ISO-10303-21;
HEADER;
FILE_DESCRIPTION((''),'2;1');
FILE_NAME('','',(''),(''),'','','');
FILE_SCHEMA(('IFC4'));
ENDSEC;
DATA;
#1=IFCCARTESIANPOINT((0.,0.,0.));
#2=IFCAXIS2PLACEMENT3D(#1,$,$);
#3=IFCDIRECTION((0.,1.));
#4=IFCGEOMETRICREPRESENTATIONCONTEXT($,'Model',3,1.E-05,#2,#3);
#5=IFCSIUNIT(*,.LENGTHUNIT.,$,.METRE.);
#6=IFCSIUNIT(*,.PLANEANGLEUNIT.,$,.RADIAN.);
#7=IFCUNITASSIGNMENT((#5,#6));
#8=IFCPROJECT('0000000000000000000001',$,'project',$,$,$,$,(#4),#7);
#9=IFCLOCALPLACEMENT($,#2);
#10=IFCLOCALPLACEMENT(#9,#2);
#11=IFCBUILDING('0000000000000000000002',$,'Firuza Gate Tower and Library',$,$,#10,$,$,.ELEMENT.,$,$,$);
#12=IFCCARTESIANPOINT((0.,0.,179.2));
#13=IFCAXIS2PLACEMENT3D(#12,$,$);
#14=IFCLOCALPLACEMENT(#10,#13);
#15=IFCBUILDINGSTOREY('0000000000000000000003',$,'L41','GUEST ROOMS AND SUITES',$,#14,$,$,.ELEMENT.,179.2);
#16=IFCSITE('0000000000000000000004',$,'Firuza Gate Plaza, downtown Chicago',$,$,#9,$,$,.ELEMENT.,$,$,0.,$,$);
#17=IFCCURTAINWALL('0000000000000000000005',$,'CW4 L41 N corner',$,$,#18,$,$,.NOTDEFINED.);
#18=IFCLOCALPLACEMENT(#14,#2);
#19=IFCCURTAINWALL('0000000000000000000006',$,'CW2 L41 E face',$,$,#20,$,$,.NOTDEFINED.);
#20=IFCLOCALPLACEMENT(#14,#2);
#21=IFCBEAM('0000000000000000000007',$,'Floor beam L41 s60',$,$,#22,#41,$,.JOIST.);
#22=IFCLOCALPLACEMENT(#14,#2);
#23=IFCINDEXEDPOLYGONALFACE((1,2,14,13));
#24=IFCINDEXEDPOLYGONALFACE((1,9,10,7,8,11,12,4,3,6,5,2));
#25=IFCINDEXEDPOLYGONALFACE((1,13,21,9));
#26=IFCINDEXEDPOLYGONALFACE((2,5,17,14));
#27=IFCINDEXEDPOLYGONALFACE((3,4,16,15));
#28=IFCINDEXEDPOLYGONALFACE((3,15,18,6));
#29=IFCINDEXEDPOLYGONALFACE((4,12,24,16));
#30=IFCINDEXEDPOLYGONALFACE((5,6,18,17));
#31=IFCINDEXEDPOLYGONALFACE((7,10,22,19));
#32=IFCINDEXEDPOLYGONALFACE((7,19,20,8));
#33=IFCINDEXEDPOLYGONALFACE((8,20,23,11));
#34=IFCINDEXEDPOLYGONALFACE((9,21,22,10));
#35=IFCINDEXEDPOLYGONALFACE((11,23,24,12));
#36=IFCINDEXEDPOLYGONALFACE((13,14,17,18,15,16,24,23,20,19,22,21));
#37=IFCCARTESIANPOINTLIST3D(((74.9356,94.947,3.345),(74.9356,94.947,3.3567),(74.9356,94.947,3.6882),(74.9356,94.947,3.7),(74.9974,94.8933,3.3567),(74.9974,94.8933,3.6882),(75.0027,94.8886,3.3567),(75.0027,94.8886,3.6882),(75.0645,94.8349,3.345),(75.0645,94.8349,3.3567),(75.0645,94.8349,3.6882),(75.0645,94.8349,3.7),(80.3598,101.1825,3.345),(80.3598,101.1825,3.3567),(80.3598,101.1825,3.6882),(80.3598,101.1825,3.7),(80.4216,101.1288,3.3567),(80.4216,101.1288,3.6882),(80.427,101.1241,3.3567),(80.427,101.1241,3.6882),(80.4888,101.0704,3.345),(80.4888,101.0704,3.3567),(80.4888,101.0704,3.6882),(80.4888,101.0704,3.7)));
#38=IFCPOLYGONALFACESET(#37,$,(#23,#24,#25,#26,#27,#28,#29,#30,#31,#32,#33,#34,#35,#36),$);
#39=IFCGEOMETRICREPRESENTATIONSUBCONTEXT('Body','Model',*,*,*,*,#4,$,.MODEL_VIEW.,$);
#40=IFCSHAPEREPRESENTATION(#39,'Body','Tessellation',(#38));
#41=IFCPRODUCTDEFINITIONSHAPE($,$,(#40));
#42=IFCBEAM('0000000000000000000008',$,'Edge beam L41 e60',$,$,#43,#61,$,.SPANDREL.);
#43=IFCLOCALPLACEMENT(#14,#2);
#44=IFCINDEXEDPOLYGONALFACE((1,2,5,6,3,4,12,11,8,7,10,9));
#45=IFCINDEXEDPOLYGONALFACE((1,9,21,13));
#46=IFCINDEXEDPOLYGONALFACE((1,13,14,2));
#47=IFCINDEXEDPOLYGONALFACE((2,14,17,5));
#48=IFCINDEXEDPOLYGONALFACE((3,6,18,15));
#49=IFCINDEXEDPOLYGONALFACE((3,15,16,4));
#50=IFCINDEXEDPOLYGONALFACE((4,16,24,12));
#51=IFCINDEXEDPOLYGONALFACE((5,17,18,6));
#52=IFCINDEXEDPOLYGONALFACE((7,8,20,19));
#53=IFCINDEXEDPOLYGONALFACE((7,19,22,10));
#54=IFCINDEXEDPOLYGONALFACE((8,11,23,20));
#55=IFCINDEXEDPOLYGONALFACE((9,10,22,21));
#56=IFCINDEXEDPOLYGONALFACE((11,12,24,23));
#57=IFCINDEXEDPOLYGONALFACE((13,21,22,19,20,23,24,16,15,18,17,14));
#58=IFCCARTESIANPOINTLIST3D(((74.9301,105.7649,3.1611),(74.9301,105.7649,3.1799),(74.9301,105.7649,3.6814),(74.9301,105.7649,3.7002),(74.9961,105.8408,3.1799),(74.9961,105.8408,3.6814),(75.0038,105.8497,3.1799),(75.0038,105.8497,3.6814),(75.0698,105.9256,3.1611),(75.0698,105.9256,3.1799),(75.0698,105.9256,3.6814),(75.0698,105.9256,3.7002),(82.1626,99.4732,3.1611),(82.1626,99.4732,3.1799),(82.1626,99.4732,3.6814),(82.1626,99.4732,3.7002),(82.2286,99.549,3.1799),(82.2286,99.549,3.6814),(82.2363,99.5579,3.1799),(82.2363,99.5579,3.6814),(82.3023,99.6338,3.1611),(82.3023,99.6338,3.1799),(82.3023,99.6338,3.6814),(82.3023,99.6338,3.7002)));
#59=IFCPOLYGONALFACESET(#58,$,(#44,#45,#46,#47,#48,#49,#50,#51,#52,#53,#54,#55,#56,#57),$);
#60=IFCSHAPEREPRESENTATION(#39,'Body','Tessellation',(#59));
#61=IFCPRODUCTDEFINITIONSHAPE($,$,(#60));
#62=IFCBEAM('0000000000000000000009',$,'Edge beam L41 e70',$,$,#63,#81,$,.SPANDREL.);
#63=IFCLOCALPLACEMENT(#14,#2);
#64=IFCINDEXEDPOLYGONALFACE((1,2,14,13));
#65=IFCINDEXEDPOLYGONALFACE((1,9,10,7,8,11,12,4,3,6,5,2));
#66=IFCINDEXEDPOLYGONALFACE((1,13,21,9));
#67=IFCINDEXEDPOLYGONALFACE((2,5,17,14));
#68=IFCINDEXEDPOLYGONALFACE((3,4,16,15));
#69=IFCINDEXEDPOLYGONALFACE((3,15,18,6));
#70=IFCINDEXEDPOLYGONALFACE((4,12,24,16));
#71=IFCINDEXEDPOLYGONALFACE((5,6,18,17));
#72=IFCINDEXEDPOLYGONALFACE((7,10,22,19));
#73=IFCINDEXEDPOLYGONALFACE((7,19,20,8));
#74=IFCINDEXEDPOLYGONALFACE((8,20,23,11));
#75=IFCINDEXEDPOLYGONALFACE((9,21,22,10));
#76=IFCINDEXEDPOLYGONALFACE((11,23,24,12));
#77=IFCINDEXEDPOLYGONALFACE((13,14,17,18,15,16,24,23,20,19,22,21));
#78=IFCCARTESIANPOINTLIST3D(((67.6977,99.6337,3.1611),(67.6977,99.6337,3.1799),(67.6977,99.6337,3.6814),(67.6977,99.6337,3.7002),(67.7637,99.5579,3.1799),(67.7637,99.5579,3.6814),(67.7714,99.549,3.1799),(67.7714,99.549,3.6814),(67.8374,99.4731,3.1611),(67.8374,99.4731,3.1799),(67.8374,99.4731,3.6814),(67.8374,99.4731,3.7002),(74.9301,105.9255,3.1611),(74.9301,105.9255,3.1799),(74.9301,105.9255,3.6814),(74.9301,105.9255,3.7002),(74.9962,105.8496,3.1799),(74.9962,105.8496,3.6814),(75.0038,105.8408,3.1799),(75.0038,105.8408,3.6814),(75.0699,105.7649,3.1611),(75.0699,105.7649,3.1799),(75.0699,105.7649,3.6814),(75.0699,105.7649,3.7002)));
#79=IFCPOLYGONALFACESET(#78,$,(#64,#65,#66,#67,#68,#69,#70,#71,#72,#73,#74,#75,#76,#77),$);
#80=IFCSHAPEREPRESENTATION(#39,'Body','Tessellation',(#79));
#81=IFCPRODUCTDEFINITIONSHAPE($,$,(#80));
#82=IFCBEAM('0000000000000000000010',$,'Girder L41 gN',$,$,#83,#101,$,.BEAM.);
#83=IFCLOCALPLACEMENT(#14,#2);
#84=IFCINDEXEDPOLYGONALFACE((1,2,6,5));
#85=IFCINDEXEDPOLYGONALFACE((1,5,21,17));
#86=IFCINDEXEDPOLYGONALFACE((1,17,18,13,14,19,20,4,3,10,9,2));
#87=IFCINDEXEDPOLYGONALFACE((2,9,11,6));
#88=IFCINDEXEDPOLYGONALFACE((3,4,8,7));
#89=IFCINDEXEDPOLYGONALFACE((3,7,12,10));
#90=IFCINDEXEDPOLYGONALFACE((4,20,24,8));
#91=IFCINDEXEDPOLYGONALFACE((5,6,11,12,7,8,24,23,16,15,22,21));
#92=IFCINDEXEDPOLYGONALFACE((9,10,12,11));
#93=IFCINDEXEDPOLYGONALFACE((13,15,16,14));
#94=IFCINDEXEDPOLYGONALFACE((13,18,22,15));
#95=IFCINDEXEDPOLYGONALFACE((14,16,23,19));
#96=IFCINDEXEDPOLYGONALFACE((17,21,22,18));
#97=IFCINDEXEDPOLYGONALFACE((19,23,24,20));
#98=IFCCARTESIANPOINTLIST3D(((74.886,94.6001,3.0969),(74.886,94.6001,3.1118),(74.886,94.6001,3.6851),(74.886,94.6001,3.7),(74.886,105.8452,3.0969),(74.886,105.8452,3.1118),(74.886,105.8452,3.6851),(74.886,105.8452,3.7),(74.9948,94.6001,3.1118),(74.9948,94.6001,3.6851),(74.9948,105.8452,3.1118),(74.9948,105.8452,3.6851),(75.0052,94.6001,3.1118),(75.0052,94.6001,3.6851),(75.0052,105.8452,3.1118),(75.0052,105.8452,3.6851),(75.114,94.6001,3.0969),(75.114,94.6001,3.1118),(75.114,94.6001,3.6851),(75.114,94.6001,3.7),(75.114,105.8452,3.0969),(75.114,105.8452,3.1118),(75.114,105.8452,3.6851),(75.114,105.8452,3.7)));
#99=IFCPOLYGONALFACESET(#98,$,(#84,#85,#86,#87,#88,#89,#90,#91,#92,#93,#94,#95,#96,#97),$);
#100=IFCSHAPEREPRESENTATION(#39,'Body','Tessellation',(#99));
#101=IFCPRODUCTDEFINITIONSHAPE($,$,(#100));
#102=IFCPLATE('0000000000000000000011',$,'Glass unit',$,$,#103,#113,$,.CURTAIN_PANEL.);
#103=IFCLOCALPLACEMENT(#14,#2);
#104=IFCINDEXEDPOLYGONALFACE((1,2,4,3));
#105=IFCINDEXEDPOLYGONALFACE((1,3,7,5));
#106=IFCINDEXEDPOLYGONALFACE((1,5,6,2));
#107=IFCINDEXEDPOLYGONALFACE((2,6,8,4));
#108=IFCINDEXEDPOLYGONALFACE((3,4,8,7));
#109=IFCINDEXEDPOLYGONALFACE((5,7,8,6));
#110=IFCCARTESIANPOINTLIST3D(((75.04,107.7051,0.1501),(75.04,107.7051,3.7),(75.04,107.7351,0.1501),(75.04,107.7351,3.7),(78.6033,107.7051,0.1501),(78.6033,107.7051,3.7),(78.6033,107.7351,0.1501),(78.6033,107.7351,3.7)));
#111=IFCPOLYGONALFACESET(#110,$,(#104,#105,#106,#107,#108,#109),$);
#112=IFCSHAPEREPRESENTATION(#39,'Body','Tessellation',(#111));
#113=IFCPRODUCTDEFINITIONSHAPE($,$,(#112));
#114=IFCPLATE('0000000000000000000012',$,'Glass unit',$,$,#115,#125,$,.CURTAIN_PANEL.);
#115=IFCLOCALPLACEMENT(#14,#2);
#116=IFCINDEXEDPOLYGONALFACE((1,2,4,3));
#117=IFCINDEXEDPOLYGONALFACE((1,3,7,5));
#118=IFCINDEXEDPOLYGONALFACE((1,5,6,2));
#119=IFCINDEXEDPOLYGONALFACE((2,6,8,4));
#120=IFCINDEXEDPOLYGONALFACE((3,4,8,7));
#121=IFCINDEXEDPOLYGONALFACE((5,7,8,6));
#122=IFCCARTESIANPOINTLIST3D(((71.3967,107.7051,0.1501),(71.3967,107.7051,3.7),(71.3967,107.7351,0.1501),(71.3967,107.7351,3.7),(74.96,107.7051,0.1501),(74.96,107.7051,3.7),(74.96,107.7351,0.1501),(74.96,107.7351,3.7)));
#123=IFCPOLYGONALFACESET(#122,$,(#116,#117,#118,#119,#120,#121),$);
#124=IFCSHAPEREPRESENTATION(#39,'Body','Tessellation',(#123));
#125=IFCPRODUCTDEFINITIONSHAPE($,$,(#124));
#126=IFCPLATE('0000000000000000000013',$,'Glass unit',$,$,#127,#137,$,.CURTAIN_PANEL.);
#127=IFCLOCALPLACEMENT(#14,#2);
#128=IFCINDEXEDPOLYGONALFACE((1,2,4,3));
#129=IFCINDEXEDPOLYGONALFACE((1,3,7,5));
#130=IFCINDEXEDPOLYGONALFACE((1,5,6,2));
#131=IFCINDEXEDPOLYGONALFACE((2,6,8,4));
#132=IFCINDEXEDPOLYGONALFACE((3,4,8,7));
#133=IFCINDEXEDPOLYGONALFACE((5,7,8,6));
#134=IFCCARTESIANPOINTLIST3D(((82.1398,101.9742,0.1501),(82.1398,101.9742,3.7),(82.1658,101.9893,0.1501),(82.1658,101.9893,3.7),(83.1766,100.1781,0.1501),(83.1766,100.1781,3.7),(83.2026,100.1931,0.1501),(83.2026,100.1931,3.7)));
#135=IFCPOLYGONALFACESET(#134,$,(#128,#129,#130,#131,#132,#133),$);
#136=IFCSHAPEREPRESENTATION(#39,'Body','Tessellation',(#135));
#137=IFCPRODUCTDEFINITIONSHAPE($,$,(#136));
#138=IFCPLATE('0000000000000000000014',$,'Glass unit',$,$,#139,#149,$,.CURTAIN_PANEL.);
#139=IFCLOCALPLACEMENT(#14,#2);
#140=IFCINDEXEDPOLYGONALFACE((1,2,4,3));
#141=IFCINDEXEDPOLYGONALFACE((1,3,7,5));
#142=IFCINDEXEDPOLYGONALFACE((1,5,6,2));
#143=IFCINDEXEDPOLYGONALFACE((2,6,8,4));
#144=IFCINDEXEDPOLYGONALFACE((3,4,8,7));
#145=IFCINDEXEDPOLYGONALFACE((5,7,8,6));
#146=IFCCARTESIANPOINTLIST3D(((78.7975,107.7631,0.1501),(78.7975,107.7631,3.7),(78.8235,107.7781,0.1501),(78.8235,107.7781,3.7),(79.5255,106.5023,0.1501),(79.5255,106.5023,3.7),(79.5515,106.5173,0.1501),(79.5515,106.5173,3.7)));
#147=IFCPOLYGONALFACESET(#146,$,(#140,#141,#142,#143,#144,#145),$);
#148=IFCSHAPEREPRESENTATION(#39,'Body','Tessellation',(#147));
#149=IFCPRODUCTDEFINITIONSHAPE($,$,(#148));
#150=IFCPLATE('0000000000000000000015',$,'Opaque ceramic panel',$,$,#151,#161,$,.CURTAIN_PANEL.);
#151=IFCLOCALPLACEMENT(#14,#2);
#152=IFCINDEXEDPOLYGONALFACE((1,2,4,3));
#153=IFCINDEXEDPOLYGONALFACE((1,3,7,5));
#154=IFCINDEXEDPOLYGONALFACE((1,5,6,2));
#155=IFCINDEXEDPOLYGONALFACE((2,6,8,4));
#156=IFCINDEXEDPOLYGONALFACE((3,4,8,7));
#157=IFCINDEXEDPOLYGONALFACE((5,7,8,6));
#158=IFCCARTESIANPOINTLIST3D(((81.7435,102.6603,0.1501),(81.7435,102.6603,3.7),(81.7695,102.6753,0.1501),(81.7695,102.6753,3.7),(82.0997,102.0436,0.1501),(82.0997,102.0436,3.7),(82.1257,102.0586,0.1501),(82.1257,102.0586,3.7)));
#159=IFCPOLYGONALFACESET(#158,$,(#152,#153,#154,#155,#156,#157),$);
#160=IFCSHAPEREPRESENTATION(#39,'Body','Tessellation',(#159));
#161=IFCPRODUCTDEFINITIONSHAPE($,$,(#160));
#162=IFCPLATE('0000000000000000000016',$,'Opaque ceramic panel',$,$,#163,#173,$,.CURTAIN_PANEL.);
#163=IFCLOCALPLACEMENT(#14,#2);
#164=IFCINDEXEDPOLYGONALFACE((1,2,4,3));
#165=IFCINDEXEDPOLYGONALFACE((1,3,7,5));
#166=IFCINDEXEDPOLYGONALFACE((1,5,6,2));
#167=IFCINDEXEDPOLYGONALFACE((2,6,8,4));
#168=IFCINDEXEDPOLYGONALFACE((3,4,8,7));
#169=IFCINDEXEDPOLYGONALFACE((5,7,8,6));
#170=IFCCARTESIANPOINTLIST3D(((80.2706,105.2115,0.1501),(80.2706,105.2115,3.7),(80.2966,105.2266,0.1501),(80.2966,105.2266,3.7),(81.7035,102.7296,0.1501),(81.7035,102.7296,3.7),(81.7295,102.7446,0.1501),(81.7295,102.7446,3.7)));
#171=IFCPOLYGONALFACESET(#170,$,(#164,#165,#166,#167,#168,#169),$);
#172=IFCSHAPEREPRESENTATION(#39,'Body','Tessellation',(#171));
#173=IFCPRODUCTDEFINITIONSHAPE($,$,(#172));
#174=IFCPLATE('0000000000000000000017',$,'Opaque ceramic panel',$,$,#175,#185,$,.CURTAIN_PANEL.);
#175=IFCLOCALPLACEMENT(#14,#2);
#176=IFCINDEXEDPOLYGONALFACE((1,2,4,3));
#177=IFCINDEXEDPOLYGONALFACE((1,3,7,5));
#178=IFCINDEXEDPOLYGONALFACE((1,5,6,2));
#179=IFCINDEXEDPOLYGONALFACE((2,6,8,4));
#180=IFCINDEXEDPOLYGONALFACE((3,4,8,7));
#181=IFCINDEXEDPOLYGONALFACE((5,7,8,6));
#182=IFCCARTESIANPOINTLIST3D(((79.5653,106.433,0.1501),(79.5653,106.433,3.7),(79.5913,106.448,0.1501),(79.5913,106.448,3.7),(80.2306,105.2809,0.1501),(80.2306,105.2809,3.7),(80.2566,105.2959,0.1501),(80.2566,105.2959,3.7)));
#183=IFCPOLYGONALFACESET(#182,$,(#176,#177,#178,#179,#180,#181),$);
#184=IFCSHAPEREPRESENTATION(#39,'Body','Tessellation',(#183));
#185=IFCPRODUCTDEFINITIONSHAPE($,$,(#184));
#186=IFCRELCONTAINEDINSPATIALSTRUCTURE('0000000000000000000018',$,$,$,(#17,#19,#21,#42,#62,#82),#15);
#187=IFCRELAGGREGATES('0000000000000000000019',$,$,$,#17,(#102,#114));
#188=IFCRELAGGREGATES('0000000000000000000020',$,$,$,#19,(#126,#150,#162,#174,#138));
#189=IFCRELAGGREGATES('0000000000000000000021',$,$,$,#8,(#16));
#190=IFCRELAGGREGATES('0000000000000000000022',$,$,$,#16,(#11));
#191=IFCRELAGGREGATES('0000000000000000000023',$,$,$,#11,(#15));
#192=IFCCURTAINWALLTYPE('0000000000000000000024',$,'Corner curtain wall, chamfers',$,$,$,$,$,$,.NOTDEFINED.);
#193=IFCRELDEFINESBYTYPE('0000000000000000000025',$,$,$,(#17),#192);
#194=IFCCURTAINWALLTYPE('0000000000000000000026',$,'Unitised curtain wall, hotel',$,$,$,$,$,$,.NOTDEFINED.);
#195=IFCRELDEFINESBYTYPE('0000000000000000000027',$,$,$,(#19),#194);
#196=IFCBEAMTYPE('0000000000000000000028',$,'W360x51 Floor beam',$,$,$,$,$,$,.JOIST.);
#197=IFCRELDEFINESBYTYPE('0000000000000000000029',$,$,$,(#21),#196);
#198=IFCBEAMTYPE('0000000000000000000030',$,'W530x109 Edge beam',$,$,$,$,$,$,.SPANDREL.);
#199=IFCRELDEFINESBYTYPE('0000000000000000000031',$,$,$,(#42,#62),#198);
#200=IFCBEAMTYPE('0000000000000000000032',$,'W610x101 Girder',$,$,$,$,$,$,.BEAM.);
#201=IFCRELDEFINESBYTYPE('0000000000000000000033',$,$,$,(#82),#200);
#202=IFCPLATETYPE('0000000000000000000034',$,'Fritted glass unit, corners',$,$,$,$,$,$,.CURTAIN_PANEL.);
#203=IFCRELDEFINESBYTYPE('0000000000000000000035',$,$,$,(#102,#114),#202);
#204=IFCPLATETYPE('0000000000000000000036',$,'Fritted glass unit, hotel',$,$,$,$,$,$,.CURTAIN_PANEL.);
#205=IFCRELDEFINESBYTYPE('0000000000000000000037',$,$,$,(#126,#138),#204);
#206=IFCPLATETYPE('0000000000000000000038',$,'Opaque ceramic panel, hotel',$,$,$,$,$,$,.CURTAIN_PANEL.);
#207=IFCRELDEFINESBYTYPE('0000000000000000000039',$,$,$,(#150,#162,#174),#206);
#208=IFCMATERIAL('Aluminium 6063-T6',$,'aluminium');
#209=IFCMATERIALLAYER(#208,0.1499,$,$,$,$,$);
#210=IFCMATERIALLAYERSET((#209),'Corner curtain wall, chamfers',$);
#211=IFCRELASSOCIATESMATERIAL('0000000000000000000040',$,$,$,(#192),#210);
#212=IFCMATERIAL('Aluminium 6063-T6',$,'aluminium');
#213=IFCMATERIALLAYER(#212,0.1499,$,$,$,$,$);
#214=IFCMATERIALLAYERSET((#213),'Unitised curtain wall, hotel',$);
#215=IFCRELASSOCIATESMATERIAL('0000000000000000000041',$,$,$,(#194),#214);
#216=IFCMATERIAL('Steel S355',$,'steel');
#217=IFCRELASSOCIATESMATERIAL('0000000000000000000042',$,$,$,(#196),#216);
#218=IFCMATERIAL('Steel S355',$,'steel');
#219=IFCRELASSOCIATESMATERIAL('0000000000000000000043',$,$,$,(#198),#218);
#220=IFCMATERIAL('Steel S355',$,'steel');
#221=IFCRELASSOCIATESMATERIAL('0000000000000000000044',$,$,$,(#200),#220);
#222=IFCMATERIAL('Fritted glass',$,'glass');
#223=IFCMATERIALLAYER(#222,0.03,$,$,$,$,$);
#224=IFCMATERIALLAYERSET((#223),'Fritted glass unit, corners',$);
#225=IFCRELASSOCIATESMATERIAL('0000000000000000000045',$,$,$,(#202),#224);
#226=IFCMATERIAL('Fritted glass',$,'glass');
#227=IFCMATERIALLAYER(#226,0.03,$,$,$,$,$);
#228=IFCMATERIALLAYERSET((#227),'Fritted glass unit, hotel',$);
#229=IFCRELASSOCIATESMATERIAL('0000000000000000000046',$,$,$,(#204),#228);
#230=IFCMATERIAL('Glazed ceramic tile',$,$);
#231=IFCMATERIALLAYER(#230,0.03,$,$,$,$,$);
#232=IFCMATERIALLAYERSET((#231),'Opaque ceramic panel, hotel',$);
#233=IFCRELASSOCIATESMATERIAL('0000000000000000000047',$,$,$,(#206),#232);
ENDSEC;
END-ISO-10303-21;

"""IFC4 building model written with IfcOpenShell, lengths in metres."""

from ifc_helpers import new_model, si_unit, direction, frame, origin, origin_2d, place, context, subcontext, project, spatial, polyline, i_section, outline, extrude, material, layer, layer_set, material_profile, profile_set, type_object, element, aggregate, save


model = new_model("IFC4")

# Units and contexts
model_context = context("Model", 3, precision=1e-05, world=origin(), true_north=direction((0.0, 1.0)))
body_context = subcontext(model_context, "Body", "Model", "MODEL_VIEW")
ifc_project = project(units=[si_unit("LENGTHUNIT", "METRE"), si_unit("PLANEANGLEUNIT", "RADIAN")], contexts=[model_context])

# Site, building, storey
site_placement = place(None, origin())
site = spatial("IfcSite", under=ifc_project, at=site_placement, Name="Firuza Gate Plaza, downtown Chicago", CompositionType="ELEMENT", RefElevation=0.0)
building_placement = place(site_placement, origin())
building = spatial("IfcBuilding", under=site, at=building_placement, Name="Firuza Gate Tower and Library", CompositionType="ELEMENT")
storey_placement = place(building_placement, frame((0.0, 0.0, 179.2)))
storey = spatial("IfcBuildingStorey", under=building, at=storey_placement, Name="L41", Description="GUEST ROOMS AND SUITES", CompositionType="ELEMENT", Elevation=179.2)

# Curtain walls
ifc_material_1 = material(Name="Aluminium 6063-T6", Category="aluminium")
ifc_layer_1 = layer(ifc_material_1, 0.1499)
ifc_layer_set_1 = layer_set([ifc_layer_1], Name="Corner curtain wall, chamfers")
curtain_wall_type_1 = type_object("IfcCurtainWallType", Name="Corner curtain wall, chamfers", PredefinedType="NOTDEFINED", material=ifc_layer_set_1)
placement = place(storey_placement, origin())
curtain_wall_1 = element("IfcCurtainWall", 1, at=placement, inside=storey, type_object=curtain_wall_type_1, Name="CW4 L41 N corner", PredefinedType="NOTDEFINED")
ifc_material_2 = material(Name="Aluminium 6063-T6", Category="aluminium")
ifc_layer_2 = layer(ifc_material_2, 0.1499)
ifc_layer_set_2 = layer_set([ifc_layer_2], Name="Unitised curtain wall, hotel")
curtain_wall_type_2 = type_object("IfcCurtainWallType", Name="Unitised curtain wall, hotel", PredefinedType="NOTDEFINED", material=ifc_layer_set_2)
curtain_wall_2 = element("IfcCurtainWall", 2, at=placement, inside=storey, type_object=curtain_wall_type_2, Name="CW2 L41 E face", PredefinedType="NOTDEFINED")

# Beams
ifc_material_3 = material(Name="Steel S355", Category="steel")
ifc_material_profile_1 = material_profile(ifc_material_3, i_section(OverallWidth=0.1709, OverallDepth=0.355, WebThickness=0.0071, FlangeThickness=0.0117, at=origin_2d()))
ifc_profile_set_1 = profile_set([ifc_material_profile_1], Name="Steel S355")
beam_type_1 = type_object("IfcBeamType", Name="W360x51 Floor beam", PredefinedType="JOIST", material=ifc_profile_set_1)
beam_1_placement = place(storey_placement, frame((80.4243, 101.1265, 3.5225), z_axis=(-0.656321, -0.754482, 0.0), x_axis=(0.754482, -0.656321, 0.0)))
element("IfcBeam", 3, at=beam_1_placement, inside=storey, type_object=beam_type_1, Name="Floor beam L41 s60", PredefinedType="JOIST", context=body_context, shape_type="SweptSolid", body=[
    extrude(i_section(OverallWidth=0.1709, OverallDepth=0.355, WebThickness=0.0071, FlangeThickness=0.0117, at=origin_2d()), origin(), (0.0, 0.0, 1.0), 8.2646),
])
ifc_material_4 = material(Name="Steel S355", Category="steel")
ifc_material_profile_2 = material_profile(ifc_material_4, i_section(OverallWidth=0.2129, OverallDepth=0.5391, WebThickness=0.0117, FlangeThickness=0.0188, at=origin_2d()))
ifc_profile_set_2 = profile_set([ifc_material_profile_2], Name="Steel S355")
beam_type_2 = type_object("IfcBeamType", Name="W530x109 Edge beam", PredefinedType="SPANDREL", material=ifc_profile_set_2)
for number, where, z_axis, x_axis, name in (
    (4, (82.2324, 99.5535, 3.4307), (-0.754467, 0.656338, 0.0), (-0.656338, -0.754467, 0.0), "Edge beam L41 e60"),
    (5, (75.0, 105.8452, 3.4307), (-0.754467, -0.656338, 0.0), (0.656338, -0.754467, 0.0), "Edge beam L41 e70"),
):
    element("IfcBeam", number, at=place(storey_placement, frame(where, z_axis=z_axis, x_axis=x_axis)), inside=storey, type_object=beam_type_2, Name=name, PredefinedType="SPANDREL", context=body_context, shape_type="SweptSolid", body=[
        extrude(i_section(OverallWidth=0.2129, OverallDepth=0.5391, WebThickness=0.0117, FlangeThickness=0.0188, at=origin_2d()), origin(), (0.0, 0.0, 1.0), 9.5862),
    ])
ifc_material_5 = material(Name="Steel S355", Category="steel")
ifc_material_profile_3 = material_profile(ifc_material_5, i_section(OverallWidth=0.228, OverallDepth=0.603, WebThickness=0.0105, FlangeThickness=0.0149, at=origin_2d()))
ifc_profile_set_3 = profile_set([ifc_material_profile_3], Name="Steel S355")
beam_type_3 = type_object("IfcBeamType", Name="W610x101 Girder", PredefinedType="BEAM", material=ifc_profile_set_3)
beam_2_placement = place(storey_placement, frame((75.0, 105.8452, 3.3984), z_axis=(0.0, -1.0, 0.0), x_axis=(1.0, 0.0, 0.0)))
element("IfcBeam", 6, at=beam_2_placement, inside=storey, type_object=beam_type_3, Name="Girder L41 gN", PredefinedType="BEAM", context=body_context, shape_type="SweptSolid", body=[
    extrude(i_section(OverallWidth=0.228, OverallDepth=0.603, WebThickness=0.0105, FlangeThickness=0.0149, at=origin_2d()), origin(), (0.0, 0.0, 1.0), 11.2451),
])

# Plates
ifc_material_6 = material(Name="Fritted glass", Category="glass")
ifc_layer_3 = layer(ifc_material_6, 0.03)
ifc_layer_set_3 = layer_set([ifc_layer_3], Name="Fritted glass unit, corners")
plate_type_1 = type_object("IfcPlateType", Name="Fritted glass unit, corners", PredefinedType="CURTAIN_PANEL", material=ifc_layer_set_3)
plate_1_placement = place(storey_placement, frame((78.6033, 107.7351, 0.1501), z_axis=(0.0, 1.0, 0.0), x_axis=(-1.0, 0.0, 0.0)))
plate_1 = element("IfcPlate", 7, at=plate_1_placement, type_object=plate_type_1, Name="Glass unit", PredefinedType="CURTAIN_PANEL", context=body_context, shape_type="SweptSolid", body=[
    extrude(outline(polyline([(0.0, 0.0), (3.5632, 0.0), (3.5632, 3.5498), (0.0, 3.5498), (0.0, 0.0)])), origin(), (0.0, 0.0, -1.0), 0.03),
])
plate_2_placement = place(storey_placement, frame((74.96, 107.7351, 0.1501), z_axis=(0.0, 1.0, 0.0), x_axis=(-1.0, 0.0, 0.0)))
plate_2 = element("IfcPlate", 8, at=plate_2_placement, type_object=plate_type_1, Name="Glass unit", PredefinedType="CURTAIN_PANEL", context=body_context, shape_type="SweptSolid", body=[
    extrude(outline(polyline([(0.0, 0.0), (3.5632, 0.0), (3.5632, 3.5498), (0.0, 3.5498), (0.0, 0.0)])), origin(), (0.0, 0.0, -1.0), 0.03),
])
aggregate(curtain_wall_1, [plate_1, plate_2])
ifc_material_7 = material(Name="Fritted glass", Category="glass")
ifc_layer_4 = layer(ifc_material_7, 0.03)
ifc_layer_set_4 = layer_set([ifc_layer_4], Name="Fritted glass unit, hotel")
plate_type_2 = type_object("IfcPlateType", Name="Fritted glass unit, hotel", PredefinedType="CURTAIN_PANEL", material=ifc_layer_set_4)
plate_3_placement = place(storey_placement, frame((83.2026, 100.1931, 0.1501), z_axis=(0.866054, 0.49995, 0.0), x_axis=(-0.49995, 0.866054, 0.0)))
plate_3 = element("IfcPlate", 9, at=plate_3_placement, type_object=plate_type_2, Name="Glass unit", PredefinedType="CURTAIN_PANEL", context=body_context, shape_type="SweptSolid", body=[
    extrude(outline(polyline([(0.0, 0.0), (2.0739, 0.0), (2.0739, 3.5498), (0.0, 3.5498), (0.0, 0.0)])), origin(), (0.0, 0.0, -1.0), 0.03),
])
plate_4_placement = place(storey_placement, frame((79.5515, 106.5173, 0.1501), z_axis=(0.865985, 0.500071, 0.0), x_axis=(-0.500071, 0.865985, 0.0)))
plate_4 = element("IfcPlate", 10, at=plate_4_placement, type_object=plate_type_2, Name="Glass unit", PredefinedType="CURTAIN_PANEL", context=body_context, shape_type="SweptSolid", body=[
    extrude(outline(polyline([(0.0, 0.0), (1.4558, 0.0), (1.4558, 3.5498), (0.0, 3.5498), (0.0, 0.0)])), origin(), (0.0, 0.0, -1.0), 0.03),
])
ifc_material_8 = material(Name="Glazed ceramic tile")
ifc_layer_5 = layer(ifc_material_8, 0.03)
ifc_layer_set_5 = layer_set([ifc_layer_5], Name="Opaque ceramic panel, hotel")
plate_type_3 = type_object("IfcPlateType", Name="Opaque ceramic panel, hotel", PredefinedType="CURTAIN_PANEL", material=ifc_layer_set_5)
plate_5_placement = place(storey_placement, frame((82.1257, 102.0586, 0.1501), z_axis=(0.865934, 0.500158, 0.0), x_axis=(-0.500158, 0.865934, 0.0)))
plate_5 = element("IfcPlate", 11, at=plate_5_placement, type_object=plate_type_3, Name="Opaque ceramic panel", PredefinedType="CURTAIN_PANEL", context=body_context, shape_type="SweptSolid", body=[
    extrude(outline(polyline([(0.0, 0.0), (0.7122, 0.0), (0.7122, 3.5498), (0.0, 3.5498), (0.0, 0.0)])), origin(), (0.0, 0.0, -1.0), 0.03),
])
plate_6_placement = place(storey_placement, frame((81.7295, 102.7446, 0.1501), z_axis=(0.866038, 0.499978, 0.0), x_axis=(-0.499978, 0.866038, 0.0)))
plate_6 = element("IfcPlate", 12, at=plate_6_placement, type_object=plate_type_3, Name="Opaque ceramic panel", PredefinedType="CURTAIN_PANEL", context=body_context, shape_type="SweptSolid", body=[
    extrude(outline(polyline([(0.0, 0.0), (2.8658, 0.0), (2.8658, 3.5498), (0.0, 3.5498), (0.0, 0.0)])), origin(), (0.0, 0.0, -1.0), 0.03),
])
plate_7_placement = place(storey_placement, frame((80.2566, 105.2959, 0.1501), z_axis=(0.865987, 0.500067, 0.0), x_axis=(-0.500067, 0.865987, 0.0)))
plate_7 = element("IfcPlate", 13, at=plate_7_placement, type_object=plate_type_3, Name="Opaque ceramic panel", PredefinedType="CURTAIN_PANEL", context=body_context, shape_type="SweptSolid", body=[
    extrude(outline(polyline([(0.0, 0.0), (1.3304, 0.0), (1.3304, 3.5498), (0.0, 3.5498), (0.0, 0.0)])), origin(), (0.0, 0.0, -1.0), 0.03),
])
aggregate(curtain_wall_2, [plate_3, plate_5, plate_6, plate_7, plate_4])

save(model, "model.ifc")
